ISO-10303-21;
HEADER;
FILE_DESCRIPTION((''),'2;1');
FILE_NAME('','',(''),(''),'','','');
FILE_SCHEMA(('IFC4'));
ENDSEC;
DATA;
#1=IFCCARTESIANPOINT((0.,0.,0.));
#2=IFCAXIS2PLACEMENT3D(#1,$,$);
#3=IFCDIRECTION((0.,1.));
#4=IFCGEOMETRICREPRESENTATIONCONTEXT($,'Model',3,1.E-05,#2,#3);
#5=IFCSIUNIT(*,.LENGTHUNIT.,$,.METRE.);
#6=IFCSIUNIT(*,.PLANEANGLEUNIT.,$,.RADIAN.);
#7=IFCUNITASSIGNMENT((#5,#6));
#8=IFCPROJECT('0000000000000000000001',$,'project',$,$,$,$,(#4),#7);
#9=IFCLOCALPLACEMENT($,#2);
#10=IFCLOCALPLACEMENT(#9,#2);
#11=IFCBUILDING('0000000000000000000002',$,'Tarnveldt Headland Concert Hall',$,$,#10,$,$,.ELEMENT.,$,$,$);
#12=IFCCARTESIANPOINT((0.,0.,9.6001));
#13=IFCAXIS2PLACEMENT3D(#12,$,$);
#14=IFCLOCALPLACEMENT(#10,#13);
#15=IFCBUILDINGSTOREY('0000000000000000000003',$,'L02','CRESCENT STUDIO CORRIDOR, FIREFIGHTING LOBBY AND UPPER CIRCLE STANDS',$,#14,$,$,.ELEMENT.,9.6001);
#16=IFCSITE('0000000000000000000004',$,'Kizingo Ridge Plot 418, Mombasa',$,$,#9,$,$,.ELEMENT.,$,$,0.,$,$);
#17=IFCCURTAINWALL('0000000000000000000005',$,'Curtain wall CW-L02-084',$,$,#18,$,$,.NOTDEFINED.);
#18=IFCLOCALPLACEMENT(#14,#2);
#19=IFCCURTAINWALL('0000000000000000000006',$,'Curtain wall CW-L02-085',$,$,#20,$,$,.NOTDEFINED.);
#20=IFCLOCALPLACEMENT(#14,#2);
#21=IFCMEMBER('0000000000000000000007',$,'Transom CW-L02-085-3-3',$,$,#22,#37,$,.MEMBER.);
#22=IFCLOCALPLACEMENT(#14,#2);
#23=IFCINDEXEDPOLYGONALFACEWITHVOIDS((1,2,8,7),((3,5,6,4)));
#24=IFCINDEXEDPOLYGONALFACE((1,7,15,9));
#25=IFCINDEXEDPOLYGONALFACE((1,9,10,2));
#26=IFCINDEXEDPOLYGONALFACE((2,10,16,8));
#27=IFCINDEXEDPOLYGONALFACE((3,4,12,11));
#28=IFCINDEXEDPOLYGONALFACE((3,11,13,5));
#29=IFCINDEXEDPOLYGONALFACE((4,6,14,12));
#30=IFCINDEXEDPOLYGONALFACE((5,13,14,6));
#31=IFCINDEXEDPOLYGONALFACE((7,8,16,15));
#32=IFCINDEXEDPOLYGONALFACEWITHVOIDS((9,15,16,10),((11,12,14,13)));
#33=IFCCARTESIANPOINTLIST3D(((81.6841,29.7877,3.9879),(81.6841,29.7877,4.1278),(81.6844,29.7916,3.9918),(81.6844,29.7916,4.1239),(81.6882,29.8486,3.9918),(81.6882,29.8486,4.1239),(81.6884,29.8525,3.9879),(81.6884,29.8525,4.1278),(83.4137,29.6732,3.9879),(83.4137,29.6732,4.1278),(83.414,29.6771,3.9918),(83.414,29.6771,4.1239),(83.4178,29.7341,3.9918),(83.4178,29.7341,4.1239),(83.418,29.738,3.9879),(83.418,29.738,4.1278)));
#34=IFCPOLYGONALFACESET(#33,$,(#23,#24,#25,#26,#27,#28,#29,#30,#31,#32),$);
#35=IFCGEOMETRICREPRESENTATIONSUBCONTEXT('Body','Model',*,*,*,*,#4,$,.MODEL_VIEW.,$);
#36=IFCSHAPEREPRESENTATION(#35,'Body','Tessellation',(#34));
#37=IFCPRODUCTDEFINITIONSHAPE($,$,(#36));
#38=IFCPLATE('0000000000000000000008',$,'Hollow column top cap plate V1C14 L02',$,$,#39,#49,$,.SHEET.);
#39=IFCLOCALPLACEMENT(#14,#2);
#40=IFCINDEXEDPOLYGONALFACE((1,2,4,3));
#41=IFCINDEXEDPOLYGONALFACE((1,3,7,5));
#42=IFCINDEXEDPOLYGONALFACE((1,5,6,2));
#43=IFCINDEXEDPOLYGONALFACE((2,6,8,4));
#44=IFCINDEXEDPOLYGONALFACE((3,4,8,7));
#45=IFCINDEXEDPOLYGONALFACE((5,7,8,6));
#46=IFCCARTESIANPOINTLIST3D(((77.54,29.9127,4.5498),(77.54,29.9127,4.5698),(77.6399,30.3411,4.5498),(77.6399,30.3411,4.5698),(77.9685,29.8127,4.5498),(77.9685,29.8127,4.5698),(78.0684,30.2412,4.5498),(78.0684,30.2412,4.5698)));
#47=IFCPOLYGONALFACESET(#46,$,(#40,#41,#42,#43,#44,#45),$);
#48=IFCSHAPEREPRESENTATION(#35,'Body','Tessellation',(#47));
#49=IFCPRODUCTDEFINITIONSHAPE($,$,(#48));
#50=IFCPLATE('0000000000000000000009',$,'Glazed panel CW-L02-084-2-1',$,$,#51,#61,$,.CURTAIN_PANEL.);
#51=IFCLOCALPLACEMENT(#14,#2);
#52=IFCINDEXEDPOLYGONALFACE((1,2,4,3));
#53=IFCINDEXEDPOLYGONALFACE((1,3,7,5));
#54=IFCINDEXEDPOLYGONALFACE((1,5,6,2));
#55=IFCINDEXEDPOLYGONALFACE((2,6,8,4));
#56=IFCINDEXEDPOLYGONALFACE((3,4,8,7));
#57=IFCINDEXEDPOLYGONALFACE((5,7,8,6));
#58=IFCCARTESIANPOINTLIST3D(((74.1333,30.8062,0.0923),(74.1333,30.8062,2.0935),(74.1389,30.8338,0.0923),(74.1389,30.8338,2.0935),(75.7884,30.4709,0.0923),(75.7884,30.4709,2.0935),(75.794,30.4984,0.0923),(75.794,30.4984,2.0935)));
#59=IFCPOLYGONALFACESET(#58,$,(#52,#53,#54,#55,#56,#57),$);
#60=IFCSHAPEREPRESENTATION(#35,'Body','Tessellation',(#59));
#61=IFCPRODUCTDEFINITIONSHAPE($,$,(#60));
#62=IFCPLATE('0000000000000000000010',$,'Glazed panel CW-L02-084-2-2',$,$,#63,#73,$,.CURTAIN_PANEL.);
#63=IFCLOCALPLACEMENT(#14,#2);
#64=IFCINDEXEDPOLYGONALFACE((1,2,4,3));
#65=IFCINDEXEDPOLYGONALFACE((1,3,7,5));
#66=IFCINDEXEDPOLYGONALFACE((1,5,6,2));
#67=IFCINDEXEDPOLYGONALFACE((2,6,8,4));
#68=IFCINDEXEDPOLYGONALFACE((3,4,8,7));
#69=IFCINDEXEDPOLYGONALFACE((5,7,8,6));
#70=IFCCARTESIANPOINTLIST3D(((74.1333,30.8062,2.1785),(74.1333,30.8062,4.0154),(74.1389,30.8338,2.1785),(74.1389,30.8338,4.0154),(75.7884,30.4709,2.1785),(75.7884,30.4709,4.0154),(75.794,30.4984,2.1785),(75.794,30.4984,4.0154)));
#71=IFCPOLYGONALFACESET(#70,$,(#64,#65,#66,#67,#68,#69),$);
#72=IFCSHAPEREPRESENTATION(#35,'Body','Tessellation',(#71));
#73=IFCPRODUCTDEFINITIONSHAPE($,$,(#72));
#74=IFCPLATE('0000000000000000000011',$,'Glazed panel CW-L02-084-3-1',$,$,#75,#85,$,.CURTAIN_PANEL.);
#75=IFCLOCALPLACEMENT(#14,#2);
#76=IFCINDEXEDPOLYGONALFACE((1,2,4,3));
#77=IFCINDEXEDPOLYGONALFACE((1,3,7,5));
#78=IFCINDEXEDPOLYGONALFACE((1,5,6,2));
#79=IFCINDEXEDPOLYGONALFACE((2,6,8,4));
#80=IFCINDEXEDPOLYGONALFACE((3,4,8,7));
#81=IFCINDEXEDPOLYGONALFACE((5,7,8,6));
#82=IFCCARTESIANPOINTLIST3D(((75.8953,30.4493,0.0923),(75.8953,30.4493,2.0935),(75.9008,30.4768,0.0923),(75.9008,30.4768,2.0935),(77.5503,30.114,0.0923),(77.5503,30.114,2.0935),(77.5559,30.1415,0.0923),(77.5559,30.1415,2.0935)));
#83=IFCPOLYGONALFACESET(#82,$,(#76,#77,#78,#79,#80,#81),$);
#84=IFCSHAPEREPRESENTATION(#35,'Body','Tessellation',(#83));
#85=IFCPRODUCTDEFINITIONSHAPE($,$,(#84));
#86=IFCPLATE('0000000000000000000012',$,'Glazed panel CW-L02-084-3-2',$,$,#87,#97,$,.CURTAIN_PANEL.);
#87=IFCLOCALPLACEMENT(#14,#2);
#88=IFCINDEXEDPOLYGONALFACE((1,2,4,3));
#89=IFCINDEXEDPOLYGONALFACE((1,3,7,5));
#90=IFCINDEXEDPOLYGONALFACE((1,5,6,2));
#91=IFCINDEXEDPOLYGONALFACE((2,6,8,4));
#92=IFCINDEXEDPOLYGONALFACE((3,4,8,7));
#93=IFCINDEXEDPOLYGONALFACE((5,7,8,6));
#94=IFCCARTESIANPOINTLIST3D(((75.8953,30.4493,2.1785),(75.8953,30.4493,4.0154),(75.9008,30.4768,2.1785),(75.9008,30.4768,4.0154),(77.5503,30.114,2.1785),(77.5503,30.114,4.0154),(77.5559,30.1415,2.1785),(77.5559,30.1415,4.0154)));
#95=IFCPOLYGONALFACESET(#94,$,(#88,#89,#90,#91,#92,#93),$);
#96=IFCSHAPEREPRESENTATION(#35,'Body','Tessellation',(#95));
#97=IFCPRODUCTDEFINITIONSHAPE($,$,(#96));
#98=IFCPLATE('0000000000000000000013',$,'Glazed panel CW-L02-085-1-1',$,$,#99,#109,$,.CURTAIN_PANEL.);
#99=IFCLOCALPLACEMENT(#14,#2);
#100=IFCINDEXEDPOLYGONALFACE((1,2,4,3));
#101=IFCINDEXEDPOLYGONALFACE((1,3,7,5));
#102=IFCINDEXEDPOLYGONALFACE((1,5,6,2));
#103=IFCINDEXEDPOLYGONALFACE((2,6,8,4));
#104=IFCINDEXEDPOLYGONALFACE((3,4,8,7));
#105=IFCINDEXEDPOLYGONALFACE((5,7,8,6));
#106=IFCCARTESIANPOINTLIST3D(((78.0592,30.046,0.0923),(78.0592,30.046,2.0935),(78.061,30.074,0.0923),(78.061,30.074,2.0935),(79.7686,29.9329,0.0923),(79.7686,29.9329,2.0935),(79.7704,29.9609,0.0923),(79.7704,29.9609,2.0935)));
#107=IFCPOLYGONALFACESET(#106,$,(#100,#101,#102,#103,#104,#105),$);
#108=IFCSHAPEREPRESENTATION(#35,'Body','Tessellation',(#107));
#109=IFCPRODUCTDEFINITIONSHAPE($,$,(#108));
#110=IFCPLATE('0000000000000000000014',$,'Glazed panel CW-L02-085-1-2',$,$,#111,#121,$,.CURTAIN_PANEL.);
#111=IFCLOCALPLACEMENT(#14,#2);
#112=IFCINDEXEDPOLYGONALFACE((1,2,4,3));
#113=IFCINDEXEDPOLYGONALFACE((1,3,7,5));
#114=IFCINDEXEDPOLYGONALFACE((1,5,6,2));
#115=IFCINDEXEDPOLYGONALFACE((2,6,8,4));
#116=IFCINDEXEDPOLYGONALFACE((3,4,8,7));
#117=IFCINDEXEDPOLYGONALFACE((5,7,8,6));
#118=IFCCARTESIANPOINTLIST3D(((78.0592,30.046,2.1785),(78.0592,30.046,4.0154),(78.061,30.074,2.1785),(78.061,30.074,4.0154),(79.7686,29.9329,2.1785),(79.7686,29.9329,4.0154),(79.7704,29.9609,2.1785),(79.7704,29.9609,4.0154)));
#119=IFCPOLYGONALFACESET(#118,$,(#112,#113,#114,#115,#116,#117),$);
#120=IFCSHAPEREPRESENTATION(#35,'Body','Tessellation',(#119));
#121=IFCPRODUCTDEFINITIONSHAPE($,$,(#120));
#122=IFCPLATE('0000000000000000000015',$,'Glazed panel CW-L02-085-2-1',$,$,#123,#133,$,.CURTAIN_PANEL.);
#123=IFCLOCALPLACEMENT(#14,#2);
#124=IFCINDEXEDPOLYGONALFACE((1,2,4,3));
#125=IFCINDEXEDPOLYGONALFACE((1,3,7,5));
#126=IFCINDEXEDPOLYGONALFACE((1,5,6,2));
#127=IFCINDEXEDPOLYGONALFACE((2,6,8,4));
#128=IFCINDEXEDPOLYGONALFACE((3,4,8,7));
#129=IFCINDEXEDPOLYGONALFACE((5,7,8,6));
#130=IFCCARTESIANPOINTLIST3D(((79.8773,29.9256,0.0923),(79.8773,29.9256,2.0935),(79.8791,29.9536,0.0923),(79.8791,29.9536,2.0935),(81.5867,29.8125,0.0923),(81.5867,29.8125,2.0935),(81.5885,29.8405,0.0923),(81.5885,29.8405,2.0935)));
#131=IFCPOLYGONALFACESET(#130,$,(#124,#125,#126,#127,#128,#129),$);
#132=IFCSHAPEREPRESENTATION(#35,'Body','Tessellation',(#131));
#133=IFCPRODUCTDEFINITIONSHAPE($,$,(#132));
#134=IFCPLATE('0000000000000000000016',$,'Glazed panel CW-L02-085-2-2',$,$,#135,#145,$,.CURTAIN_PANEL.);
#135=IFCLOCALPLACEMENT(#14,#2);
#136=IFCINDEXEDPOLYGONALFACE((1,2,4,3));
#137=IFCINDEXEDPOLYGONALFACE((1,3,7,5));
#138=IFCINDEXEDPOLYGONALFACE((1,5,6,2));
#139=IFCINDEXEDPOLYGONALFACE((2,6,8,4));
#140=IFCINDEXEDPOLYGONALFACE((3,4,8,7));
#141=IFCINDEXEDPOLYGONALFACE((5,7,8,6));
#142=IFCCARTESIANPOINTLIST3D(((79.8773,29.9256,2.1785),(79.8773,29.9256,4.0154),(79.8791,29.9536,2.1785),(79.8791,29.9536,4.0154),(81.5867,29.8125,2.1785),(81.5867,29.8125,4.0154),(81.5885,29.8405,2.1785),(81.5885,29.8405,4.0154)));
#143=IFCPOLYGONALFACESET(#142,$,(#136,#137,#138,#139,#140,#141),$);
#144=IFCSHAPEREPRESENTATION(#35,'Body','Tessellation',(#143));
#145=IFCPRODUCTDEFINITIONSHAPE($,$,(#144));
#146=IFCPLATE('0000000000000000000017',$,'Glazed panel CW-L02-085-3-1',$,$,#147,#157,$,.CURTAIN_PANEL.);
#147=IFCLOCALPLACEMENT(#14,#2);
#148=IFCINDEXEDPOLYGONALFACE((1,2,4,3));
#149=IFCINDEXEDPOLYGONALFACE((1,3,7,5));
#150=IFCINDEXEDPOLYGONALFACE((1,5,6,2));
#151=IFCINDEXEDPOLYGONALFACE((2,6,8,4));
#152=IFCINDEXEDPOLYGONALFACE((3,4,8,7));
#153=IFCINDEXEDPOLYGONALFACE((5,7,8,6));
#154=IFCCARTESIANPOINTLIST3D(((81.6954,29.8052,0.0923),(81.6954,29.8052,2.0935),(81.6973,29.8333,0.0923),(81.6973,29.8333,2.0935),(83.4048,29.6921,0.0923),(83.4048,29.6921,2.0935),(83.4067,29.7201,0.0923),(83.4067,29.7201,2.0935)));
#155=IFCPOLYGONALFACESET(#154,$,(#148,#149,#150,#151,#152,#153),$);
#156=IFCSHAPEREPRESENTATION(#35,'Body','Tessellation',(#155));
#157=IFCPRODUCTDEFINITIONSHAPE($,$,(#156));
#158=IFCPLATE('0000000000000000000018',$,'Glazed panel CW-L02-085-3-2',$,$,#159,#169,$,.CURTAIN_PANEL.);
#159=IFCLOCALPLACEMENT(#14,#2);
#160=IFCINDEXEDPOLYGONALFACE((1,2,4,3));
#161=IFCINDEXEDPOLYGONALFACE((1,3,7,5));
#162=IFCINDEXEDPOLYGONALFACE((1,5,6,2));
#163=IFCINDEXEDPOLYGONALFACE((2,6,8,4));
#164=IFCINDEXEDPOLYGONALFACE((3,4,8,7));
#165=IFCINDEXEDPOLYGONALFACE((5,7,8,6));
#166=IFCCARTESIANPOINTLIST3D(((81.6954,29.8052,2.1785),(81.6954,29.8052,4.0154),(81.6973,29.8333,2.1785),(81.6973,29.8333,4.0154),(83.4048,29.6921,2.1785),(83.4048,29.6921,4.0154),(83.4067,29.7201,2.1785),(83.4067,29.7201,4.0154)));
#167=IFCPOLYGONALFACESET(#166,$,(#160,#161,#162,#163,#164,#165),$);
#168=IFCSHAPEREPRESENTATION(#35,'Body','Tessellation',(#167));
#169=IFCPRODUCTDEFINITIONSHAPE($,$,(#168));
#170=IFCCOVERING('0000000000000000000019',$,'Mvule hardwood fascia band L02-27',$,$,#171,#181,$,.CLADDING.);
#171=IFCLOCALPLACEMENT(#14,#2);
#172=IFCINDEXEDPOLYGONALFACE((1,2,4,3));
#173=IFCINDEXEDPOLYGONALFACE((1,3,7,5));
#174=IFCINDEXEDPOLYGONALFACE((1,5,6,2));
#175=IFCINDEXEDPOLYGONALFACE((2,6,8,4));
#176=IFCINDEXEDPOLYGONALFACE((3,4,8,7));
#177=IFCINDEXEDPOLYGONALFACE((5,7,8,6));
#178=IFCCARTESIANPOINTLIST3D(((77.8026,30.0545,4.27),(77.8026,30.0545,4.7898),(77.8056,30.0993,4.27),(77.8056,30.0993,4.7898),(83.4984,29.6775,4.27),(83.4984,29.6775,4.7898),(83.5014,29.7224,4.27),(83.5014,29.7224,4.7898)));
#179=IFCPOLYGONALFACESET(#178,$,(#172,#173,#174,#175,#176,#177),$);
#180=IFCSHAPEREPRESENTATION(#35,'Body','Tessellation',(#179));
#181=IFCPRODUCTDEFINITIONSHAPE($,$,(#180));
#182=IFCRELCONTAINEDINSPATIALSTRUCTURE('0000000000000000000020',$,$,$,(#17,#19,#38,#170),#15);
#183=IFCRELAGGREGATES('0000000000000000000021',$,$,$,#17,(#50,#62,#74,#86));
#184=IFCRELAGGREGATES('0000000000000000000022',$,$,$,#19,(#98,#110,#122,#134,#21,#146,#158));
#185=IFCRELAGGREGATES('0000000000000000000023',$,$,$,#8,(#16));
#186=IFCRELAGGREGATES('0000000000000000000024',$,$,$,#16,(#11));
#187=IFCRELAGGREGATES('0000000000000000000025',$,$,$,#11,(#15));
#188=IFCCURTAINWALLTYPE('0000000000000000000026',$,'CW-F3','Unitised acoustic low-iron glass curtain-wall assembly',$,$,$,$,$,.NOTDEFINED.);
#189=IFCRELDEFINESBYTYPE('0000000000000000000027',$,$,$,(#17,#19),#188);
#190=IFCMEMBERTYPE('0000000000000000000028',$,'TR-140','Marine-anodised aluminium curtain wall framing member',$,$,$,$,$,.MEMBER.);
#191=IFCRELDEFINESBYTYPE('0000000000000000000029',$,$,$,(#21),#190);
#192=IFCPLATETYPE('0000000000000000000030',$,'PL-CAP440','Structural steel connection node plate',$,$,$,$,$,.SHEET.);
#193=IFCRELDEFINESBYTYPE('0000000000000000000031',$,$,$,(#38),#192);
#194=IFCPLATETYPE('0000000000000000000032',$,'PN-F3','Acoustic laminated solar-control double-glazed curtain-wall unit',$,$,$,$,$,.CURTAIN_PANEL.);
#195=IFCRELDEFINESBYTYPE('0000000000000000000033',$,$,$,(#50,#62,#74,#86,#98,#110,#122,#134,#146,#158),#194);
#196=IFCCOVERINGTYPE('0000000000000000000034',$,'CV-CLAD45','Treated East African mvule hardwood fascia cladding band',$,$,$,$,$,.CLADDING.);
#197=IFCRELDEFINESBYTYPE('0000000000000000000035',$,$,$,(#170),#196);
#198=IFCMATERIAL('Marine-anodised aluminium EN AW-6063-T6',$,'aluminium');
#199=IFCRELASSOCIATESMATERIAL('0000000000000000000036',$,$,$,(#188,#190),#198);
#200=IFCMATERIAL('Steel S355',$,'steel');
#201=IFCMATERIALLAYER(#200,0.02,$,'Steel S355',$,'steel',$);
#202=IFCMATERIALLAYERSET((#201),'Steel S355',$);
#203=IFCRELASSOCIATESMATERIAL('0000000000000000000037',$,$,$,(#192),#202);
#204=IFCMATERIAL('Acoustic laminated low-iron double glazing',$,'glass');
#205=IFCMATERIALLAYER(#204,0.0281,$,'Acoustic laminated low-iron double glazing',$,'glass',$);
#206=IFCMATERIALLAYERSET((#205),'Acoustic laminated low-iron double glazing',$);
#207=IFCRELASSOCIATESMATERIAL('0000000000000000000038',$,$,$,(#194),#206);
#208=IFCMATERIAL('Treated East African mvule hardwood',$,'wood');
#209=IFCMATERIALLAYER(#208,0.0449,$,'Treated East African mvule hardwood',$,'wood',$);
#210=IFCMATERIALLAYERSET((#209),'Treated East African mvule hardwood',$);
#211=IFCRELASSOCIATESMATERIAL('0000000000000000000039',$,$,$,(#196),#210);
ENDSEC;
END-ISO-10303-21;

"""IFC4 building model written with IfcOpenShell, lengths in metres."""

from ifc_helpers import new_model, si_unit, direction, frame, frame_2d, origin, origin_2d, place, context, subcontext, project, spatial, rectangle, hollow_rectangle, extrude, material, layer, layer_set, material_profile, profile_set, type_object, element, aggregate, save


model = new_model("IFC4")

# Units and contexts
model_context = context("Model", 3, precision=1e-05, world=origin(), true_north=direction((0.0, 1.0)))
body_context = subcontext(model_context, "Body", "Model", "MODEL_VIEW")
ifc_project = project(units=[si_unit("LENGTHUNIT", "METRE"), si_unit("PLANEANGLEUNIT", "RADIAN")], contexts=[model_context])

# Site, building, storey
site_placement = place(None, origin())
site = spatial("IfcSite", under=ifc_project, at=site_placement, Name="Kizingo Ridge Plot 418, Mombasa", CompositionType="ELEMENT", RefElevation=0.0)
building_placement = place(site_placement, origin())
building = spatial("IfcBuilding", under=site, at=building_placement, Name="Tarnveldt Headland Concert Hall", CompositionType="ELEMENT")
storey_placement = place(building_placement, frame((0.0, 0.0, 9.6001)))
storey = spatial("IfcBuildingStorey", under=building, at=storey_placement, Name="L02", Description="CRESCENT STUDIO CORRIDOR, FIREFIGHTING LOBBY AND UPPER CIRCLE STANDS", CompositionType="ELEMENT", Elevation=9.6001)

# Shared definitions
ifc_material_1 = material(Name="Steel S355", Category="steel")

# Curtain walls
ifc_material_2 = material(Name="Marine-anodised aluminium EN AW-6063-T6", Category="aluminium")
curtain_wall_type = type_object("IfcCurtainWallType", Name="CW-F3", Description="Unitised acoustic low-iron glass curtain-wall assembly", PredefinedType="NOTDEFINED", material=ifc_material_2)
curtain_wall_1_placement = place(storey_placement, origin())
curtain_wall_1 = element("IfcCurtainWall", 1, at=curtain_wall_1_placement, inside=storey, type_object=curtain_wall_type, Name="Curtain wall CW-L02-084", PredefinedType="NOTDEFINED")
curtain_wall_2_placement = place(storey_placement, origin())
curtain_wall_2 = element("IfcCurtainWall", 2, at=curtain_wall_2_placement, inside=storey, type_object=curtain_wall_type, Name="Curtain wall CW-L02-085", PredefinedType="NOTDEFINED")

# Member
ifc_material_profile_1 = material_profile(ifc_material_2, hollow_rectangle(XDim=0.0649, YDim=0.1399, WallThickness=0.0039, at=origin_2d()), Name="ALU TRANSOM 65x140x4", Category="aluminium")
ifc_profile_set_1 = profile_set([ifc_material_profile_1], Name="Marine-anodised aluminium EN AW-6063-T6")
member_type_1 = type_object("IfcMemberType", Name="TR-140", Description="Marine-anodised aluminium curtain wall framing member", PredefinedType="MEMBER", material=ifc_profile_set_1)
member_1_placement = place(storey_placement, frame((81.6863, 29.8201, 4.0579), z_axis=(0.997816, -0.066061, 0.0), x_axis=(0.066061, 0.997816, 0.0)))
member_1 = element("IfcMember", 3, at=member_1_placement, type_object=member_type_1, Name="Transom CW-L02-085-3-3", PredefinedType="MEMBER", context=body_context, shape_type="SweptSolid", body=[
    extrude(hollow_rectangle(XDim=0.0649, YDim=0.1399, WallThickness=0.0039, at=origin_2d()), origin(), (0.0, 0.0, 1.0), 1.7334),
])

# Plates
ifc_layer_1 = layer(ifc_material_1, 0.02, Name="Steel S355", Category="steel")
ifc_layer_set_1 = layer_set([ifc_layer_1], Name="Steel S355")
plate_type_1 = type_object("IfcPlateType", Name="PL-CAP440", Description="Structural steel connection node plate", PredefinedType="SHEET", material=ifc_layer_set_1)
plate_1_placement = place(storey_placement, frame((77.8042, 30.0769, 4.5498), z_axis=(0.0, 0.0, 1.0), x_axis=(-0.227161, -0.973857, 0.0)))
element("IfcPlate", 4, at=plate_1_placement, inside=storey, type_object=plate_type_1, Name="Hollow column top cap plate V1C14 L02", PredefinedType="SHEET", context=body_context, shape_type="SweptSolid", body=[
    extrude(rectangle(XDim=0.4399, YDim=0.4399, at=origin_2d()), origin(), (0.0, 0.0, 1.0), 0.02),
])
ifc_material_3 = material(Name="Acoustic laminated low-iron double glazing", Category="glass")
ifc_layer_2 = layer(ifc_material_3, 0.0281, Name="Acoustic laminated low-iron double glazing", Category="glass")
ifc_layer_set_2 = layer_set([ifc_layer_2], Name="Acoustic laminated low-iron double glazing")
plate_type_2 = type_object("IfcPlateType", Name="PN-F3", Description="Acoustic laminated solar-control double-glazed curtain-wall unit", PredefinedType="CURTAIN_PANEL", material=ifc_layer_set_2)
plate_2_placement = place(storey_placement, frame((74.9636, 30.6523, 0.0923), z_axis=(0.0, 0.0, 1.0), x_axis=(0.980088, -0.198564, 0.0)))
plate_2 = element("IfcPlate", 5, at=plate_2_placement, type_object=plate_type_2, Name="Glazed panel CW-L02-084-2-1", PredefinedType="CURTAIN_PANEL", context=body_context, shape_type="SweptSolid", body=[
    extrude(rectangle(XDim=1.6887, YDim=0.0281, at=origin_2d()), origin(), (0.0, 0.0, 1.0), 2.0012),
])
plate_3_placement = place(storey_placement, frame((74.9636, 30.6523, 2.1785), z_axis=(0.0, 0.0, 1.0), x_axis=(0.980088, -0.198564, 0.0)))
plate_3 = element("IfcPlate", 6, at=plate_3_placement, type_object=plate_type_2, Name="Glazed panel CW-L02-084-2-2", PredefinedType="CURTAIN_PANEL", context=body_context, shape_type="SweptSolid", body=[
    extrude(rectangle(XDim=1.6887, YDim=0.0281, at=origin_2d()), origin(), (0.0, 0.0, 1.0), 1.8369),
])
plate_4_placement = place(storey_placement, frame((76.7256, 30.2954, 0.0923), z_axis=(0.0, 0.0, 1.0), x_axis=(0.980088, -0.198564, 0.0)))
plate_4 = element("IfcPlate", 7, at=plate_4_placement, type_object=plate_type_2, Name="Glazed panel CW-L02-084-3-1", PredefinedType="CURTAIN_PANEL", context=body_context, shape_type="SweptSolid", body=[
    extrude(rectangle(XDim=1.6887, YDim=0.0281, at=origin_2d()), origin(), (0.0, 0.0, 1.0), 2.0012),
])
plate_5_placement = place(storey_placement, frame((76.7256, 30.2954, 2.1785), z_axis=(0.0, 0.0, 1.0), x_axis=(0.980088, -0.198564, 0.0)))
plate_5 = element("IfcPlate", 8, at=plate_5_placement, type_object=plate_type_2, Name="Glazed panel CW-L02-084-3-2", PredefinedType="CURTAIN_PANEL", context=body_context, shape_type="SweptSolid", body=[
    extrude(rectangle(XDim=1.6887, YDim=0.0281, at=origin_2d()), origin(), (0.0, 0.0, 1.0), 1.8369),
])
aggregate(curtain_wall_1, [plate_2, plate_3, plate_4, plate_5])
plate_6_placement = place(storey_placement, frame((78.9148, 30.0034, 0.0923), z_axis=(0.0, 0.0, 1.0), x_axis=(0.997818, -0.06603, 0.0)))
plate_6 = element("IfcPlate", 9, at=plate_6_placement, type_object=plate_type_2, Name="Glazed panel CW-L02-085-1-1", PredefinedType="CURTAIN_PANEL", context=body_context, shape_type="SweptSolid", body=[
    extrude(rectangle(XDim=1.7131, YDim=0.0281, at=origin_2d()), origin(), (0.0, 0.0, 1.0), 2.0012),
])
plate_7_placement = place(storey_placement, frame((78.9148, 30.0034, 2.1785), z_axis=(0.0, 0.0, 1.0), x_axis=(0.997818, -0.06603, 0.0)))
plate_7 = element("IfcPlate", 10, at=plate_7_placement, type_object=plate_type_2, Name="Glazed panel CW-L02-085-1-2", PredefinedType="CURTAIN_PANEL", context=body_context, shape_type="SweptSolid", body=[
    extrude(rectangle(XDim=1.7131, YDim=0.0281, at=origin_2d()), origin(), (0.0, 0.0, 1.0), 1.8369),
])
plate_8_placement = place(storey_placement, frame((80.7329, 29.8831, 0.0923), z_axis=(0.0, 0.0, 1.0), x_axis=(0.997818, -0.06603, 0.0)))
plate_8 = element("IfcPlate", 11, at=plate_8_placement, type_object=plate_type_2, Name="Glazed panel CW-L02-085-2-1", PredefinedType="CURTAIN_PANEL", context=body_context, shape_type="SweptSolid", body=[
    extrude(rectangle(XDim=1.7131, YDim=0.0281, at=origin_2d()), origin(), (0.0, 0.0, 1.0), 2.0012),
])
plate_9_placement = place(storey_placement, frame((80.7329, 29.8831, 2.1785), z_axis=(0.0, 0.0, 1.0), x_axis=(0.997818, -0.06603, 0.0)))
plate_9 = element("IfcPlate", 12, at=plate_9_placement, type_object=plate_type_2, Name="Glazed panel CW-L02-085-2-2", PredefinedType="CURTAIN_PANEL", context=body_context, shape_type="SweptSolid", body=[
    extrude(rectangle(XDim=1.7131, YDim=0.0281, at=origin_2d()), origin(), (0.0, 0.0, 1.0), 1.8369),
])
plate_10_placement = place(storey_placement, frame((82.551, 29.7627, 0.0923), z_axis=(0.0, 0.0, 1.0), x_axis=(0.997818, -0.06603, 0.0)))
plate_10 = element("IfcPlate", 13, at=plate_10_placement, type_object=plate_type_2, Name="Glazed panel CW-L02-085-3-1", PredefinedType="CURTAIN_PANEL", context=body_context, shape_type="SweptSolid", body=[
    extrude(rectangle(XDim=1.7131, YDim=0.0281, at=origin_2d()), origin(), (0.0, 0.0, 1.0), 2.0012),
])
plate_11_placement = place(storey_placement, frame((82.551, 29.7627, 2.1785), z_axis=(0.0, 0.0, 1.0), x_axis=(0.997818, -0.06603, 0.0)))
plate_11 = element("IfcPlate", 14, at=plate_11_placement, type_object=plate_type_2, Name="Glazed panel CW-L02-085-3-2", PredefinedType="CURTAIN_PANEL", context=body_context, shape_type="SweptSolid", body=[
    extrude(rectangle(XDim=1.7131, YDim=0.0281, at=origin_2d()), origin(), (0.0, 0.0, 1.0), 1.8369),
])
aggregate(curtain_wall_2, [plate_6, plate_7, plate_8, plate_9, member_1, plate_10, plate_11])

# Covering
ifc_material_4 = material(Name="Treated East African mvule hardwood", Category="wood")
ifc_layer_3 = layer(ifc_material_4, 0.0449, Name="Treated East African mvule hardwood", Category="wood")
ifc_layer_set_3 = layer_set([ifc_layer_3], Name="Treated East African mvule hardwood")
covering_type = type_object("IfcCoveringType", Name="CV-CLAD45", Description="Treated East African mvule hardwood fascia cladding band", PredefinedType="CLADDING", material=ifc_layer_set_3)
covering_placement = place(storey_placement, frame((77.8042, 30.0769, 4.27), z_axis=(0.0, 0.0, 1.0), x_axis=(0.997817, -0.066036, 0.0)))
element("IfcCovering", 15, at=covering_placement, inside=storey, type_object=covering_type, Name="Mvule hardwood fascia band L02-27", PredefinedType="CLADDING", context=body_context, shape_type="SweptSolid", body=[
    extrude(rectangle(XDim=5.7083, YDim=0.0449, at=frame_2d((2.854, 0.0))), origin(), (0.0, 0.0, 1.0), 0.5198),
])

save(model, "model.ifc")
